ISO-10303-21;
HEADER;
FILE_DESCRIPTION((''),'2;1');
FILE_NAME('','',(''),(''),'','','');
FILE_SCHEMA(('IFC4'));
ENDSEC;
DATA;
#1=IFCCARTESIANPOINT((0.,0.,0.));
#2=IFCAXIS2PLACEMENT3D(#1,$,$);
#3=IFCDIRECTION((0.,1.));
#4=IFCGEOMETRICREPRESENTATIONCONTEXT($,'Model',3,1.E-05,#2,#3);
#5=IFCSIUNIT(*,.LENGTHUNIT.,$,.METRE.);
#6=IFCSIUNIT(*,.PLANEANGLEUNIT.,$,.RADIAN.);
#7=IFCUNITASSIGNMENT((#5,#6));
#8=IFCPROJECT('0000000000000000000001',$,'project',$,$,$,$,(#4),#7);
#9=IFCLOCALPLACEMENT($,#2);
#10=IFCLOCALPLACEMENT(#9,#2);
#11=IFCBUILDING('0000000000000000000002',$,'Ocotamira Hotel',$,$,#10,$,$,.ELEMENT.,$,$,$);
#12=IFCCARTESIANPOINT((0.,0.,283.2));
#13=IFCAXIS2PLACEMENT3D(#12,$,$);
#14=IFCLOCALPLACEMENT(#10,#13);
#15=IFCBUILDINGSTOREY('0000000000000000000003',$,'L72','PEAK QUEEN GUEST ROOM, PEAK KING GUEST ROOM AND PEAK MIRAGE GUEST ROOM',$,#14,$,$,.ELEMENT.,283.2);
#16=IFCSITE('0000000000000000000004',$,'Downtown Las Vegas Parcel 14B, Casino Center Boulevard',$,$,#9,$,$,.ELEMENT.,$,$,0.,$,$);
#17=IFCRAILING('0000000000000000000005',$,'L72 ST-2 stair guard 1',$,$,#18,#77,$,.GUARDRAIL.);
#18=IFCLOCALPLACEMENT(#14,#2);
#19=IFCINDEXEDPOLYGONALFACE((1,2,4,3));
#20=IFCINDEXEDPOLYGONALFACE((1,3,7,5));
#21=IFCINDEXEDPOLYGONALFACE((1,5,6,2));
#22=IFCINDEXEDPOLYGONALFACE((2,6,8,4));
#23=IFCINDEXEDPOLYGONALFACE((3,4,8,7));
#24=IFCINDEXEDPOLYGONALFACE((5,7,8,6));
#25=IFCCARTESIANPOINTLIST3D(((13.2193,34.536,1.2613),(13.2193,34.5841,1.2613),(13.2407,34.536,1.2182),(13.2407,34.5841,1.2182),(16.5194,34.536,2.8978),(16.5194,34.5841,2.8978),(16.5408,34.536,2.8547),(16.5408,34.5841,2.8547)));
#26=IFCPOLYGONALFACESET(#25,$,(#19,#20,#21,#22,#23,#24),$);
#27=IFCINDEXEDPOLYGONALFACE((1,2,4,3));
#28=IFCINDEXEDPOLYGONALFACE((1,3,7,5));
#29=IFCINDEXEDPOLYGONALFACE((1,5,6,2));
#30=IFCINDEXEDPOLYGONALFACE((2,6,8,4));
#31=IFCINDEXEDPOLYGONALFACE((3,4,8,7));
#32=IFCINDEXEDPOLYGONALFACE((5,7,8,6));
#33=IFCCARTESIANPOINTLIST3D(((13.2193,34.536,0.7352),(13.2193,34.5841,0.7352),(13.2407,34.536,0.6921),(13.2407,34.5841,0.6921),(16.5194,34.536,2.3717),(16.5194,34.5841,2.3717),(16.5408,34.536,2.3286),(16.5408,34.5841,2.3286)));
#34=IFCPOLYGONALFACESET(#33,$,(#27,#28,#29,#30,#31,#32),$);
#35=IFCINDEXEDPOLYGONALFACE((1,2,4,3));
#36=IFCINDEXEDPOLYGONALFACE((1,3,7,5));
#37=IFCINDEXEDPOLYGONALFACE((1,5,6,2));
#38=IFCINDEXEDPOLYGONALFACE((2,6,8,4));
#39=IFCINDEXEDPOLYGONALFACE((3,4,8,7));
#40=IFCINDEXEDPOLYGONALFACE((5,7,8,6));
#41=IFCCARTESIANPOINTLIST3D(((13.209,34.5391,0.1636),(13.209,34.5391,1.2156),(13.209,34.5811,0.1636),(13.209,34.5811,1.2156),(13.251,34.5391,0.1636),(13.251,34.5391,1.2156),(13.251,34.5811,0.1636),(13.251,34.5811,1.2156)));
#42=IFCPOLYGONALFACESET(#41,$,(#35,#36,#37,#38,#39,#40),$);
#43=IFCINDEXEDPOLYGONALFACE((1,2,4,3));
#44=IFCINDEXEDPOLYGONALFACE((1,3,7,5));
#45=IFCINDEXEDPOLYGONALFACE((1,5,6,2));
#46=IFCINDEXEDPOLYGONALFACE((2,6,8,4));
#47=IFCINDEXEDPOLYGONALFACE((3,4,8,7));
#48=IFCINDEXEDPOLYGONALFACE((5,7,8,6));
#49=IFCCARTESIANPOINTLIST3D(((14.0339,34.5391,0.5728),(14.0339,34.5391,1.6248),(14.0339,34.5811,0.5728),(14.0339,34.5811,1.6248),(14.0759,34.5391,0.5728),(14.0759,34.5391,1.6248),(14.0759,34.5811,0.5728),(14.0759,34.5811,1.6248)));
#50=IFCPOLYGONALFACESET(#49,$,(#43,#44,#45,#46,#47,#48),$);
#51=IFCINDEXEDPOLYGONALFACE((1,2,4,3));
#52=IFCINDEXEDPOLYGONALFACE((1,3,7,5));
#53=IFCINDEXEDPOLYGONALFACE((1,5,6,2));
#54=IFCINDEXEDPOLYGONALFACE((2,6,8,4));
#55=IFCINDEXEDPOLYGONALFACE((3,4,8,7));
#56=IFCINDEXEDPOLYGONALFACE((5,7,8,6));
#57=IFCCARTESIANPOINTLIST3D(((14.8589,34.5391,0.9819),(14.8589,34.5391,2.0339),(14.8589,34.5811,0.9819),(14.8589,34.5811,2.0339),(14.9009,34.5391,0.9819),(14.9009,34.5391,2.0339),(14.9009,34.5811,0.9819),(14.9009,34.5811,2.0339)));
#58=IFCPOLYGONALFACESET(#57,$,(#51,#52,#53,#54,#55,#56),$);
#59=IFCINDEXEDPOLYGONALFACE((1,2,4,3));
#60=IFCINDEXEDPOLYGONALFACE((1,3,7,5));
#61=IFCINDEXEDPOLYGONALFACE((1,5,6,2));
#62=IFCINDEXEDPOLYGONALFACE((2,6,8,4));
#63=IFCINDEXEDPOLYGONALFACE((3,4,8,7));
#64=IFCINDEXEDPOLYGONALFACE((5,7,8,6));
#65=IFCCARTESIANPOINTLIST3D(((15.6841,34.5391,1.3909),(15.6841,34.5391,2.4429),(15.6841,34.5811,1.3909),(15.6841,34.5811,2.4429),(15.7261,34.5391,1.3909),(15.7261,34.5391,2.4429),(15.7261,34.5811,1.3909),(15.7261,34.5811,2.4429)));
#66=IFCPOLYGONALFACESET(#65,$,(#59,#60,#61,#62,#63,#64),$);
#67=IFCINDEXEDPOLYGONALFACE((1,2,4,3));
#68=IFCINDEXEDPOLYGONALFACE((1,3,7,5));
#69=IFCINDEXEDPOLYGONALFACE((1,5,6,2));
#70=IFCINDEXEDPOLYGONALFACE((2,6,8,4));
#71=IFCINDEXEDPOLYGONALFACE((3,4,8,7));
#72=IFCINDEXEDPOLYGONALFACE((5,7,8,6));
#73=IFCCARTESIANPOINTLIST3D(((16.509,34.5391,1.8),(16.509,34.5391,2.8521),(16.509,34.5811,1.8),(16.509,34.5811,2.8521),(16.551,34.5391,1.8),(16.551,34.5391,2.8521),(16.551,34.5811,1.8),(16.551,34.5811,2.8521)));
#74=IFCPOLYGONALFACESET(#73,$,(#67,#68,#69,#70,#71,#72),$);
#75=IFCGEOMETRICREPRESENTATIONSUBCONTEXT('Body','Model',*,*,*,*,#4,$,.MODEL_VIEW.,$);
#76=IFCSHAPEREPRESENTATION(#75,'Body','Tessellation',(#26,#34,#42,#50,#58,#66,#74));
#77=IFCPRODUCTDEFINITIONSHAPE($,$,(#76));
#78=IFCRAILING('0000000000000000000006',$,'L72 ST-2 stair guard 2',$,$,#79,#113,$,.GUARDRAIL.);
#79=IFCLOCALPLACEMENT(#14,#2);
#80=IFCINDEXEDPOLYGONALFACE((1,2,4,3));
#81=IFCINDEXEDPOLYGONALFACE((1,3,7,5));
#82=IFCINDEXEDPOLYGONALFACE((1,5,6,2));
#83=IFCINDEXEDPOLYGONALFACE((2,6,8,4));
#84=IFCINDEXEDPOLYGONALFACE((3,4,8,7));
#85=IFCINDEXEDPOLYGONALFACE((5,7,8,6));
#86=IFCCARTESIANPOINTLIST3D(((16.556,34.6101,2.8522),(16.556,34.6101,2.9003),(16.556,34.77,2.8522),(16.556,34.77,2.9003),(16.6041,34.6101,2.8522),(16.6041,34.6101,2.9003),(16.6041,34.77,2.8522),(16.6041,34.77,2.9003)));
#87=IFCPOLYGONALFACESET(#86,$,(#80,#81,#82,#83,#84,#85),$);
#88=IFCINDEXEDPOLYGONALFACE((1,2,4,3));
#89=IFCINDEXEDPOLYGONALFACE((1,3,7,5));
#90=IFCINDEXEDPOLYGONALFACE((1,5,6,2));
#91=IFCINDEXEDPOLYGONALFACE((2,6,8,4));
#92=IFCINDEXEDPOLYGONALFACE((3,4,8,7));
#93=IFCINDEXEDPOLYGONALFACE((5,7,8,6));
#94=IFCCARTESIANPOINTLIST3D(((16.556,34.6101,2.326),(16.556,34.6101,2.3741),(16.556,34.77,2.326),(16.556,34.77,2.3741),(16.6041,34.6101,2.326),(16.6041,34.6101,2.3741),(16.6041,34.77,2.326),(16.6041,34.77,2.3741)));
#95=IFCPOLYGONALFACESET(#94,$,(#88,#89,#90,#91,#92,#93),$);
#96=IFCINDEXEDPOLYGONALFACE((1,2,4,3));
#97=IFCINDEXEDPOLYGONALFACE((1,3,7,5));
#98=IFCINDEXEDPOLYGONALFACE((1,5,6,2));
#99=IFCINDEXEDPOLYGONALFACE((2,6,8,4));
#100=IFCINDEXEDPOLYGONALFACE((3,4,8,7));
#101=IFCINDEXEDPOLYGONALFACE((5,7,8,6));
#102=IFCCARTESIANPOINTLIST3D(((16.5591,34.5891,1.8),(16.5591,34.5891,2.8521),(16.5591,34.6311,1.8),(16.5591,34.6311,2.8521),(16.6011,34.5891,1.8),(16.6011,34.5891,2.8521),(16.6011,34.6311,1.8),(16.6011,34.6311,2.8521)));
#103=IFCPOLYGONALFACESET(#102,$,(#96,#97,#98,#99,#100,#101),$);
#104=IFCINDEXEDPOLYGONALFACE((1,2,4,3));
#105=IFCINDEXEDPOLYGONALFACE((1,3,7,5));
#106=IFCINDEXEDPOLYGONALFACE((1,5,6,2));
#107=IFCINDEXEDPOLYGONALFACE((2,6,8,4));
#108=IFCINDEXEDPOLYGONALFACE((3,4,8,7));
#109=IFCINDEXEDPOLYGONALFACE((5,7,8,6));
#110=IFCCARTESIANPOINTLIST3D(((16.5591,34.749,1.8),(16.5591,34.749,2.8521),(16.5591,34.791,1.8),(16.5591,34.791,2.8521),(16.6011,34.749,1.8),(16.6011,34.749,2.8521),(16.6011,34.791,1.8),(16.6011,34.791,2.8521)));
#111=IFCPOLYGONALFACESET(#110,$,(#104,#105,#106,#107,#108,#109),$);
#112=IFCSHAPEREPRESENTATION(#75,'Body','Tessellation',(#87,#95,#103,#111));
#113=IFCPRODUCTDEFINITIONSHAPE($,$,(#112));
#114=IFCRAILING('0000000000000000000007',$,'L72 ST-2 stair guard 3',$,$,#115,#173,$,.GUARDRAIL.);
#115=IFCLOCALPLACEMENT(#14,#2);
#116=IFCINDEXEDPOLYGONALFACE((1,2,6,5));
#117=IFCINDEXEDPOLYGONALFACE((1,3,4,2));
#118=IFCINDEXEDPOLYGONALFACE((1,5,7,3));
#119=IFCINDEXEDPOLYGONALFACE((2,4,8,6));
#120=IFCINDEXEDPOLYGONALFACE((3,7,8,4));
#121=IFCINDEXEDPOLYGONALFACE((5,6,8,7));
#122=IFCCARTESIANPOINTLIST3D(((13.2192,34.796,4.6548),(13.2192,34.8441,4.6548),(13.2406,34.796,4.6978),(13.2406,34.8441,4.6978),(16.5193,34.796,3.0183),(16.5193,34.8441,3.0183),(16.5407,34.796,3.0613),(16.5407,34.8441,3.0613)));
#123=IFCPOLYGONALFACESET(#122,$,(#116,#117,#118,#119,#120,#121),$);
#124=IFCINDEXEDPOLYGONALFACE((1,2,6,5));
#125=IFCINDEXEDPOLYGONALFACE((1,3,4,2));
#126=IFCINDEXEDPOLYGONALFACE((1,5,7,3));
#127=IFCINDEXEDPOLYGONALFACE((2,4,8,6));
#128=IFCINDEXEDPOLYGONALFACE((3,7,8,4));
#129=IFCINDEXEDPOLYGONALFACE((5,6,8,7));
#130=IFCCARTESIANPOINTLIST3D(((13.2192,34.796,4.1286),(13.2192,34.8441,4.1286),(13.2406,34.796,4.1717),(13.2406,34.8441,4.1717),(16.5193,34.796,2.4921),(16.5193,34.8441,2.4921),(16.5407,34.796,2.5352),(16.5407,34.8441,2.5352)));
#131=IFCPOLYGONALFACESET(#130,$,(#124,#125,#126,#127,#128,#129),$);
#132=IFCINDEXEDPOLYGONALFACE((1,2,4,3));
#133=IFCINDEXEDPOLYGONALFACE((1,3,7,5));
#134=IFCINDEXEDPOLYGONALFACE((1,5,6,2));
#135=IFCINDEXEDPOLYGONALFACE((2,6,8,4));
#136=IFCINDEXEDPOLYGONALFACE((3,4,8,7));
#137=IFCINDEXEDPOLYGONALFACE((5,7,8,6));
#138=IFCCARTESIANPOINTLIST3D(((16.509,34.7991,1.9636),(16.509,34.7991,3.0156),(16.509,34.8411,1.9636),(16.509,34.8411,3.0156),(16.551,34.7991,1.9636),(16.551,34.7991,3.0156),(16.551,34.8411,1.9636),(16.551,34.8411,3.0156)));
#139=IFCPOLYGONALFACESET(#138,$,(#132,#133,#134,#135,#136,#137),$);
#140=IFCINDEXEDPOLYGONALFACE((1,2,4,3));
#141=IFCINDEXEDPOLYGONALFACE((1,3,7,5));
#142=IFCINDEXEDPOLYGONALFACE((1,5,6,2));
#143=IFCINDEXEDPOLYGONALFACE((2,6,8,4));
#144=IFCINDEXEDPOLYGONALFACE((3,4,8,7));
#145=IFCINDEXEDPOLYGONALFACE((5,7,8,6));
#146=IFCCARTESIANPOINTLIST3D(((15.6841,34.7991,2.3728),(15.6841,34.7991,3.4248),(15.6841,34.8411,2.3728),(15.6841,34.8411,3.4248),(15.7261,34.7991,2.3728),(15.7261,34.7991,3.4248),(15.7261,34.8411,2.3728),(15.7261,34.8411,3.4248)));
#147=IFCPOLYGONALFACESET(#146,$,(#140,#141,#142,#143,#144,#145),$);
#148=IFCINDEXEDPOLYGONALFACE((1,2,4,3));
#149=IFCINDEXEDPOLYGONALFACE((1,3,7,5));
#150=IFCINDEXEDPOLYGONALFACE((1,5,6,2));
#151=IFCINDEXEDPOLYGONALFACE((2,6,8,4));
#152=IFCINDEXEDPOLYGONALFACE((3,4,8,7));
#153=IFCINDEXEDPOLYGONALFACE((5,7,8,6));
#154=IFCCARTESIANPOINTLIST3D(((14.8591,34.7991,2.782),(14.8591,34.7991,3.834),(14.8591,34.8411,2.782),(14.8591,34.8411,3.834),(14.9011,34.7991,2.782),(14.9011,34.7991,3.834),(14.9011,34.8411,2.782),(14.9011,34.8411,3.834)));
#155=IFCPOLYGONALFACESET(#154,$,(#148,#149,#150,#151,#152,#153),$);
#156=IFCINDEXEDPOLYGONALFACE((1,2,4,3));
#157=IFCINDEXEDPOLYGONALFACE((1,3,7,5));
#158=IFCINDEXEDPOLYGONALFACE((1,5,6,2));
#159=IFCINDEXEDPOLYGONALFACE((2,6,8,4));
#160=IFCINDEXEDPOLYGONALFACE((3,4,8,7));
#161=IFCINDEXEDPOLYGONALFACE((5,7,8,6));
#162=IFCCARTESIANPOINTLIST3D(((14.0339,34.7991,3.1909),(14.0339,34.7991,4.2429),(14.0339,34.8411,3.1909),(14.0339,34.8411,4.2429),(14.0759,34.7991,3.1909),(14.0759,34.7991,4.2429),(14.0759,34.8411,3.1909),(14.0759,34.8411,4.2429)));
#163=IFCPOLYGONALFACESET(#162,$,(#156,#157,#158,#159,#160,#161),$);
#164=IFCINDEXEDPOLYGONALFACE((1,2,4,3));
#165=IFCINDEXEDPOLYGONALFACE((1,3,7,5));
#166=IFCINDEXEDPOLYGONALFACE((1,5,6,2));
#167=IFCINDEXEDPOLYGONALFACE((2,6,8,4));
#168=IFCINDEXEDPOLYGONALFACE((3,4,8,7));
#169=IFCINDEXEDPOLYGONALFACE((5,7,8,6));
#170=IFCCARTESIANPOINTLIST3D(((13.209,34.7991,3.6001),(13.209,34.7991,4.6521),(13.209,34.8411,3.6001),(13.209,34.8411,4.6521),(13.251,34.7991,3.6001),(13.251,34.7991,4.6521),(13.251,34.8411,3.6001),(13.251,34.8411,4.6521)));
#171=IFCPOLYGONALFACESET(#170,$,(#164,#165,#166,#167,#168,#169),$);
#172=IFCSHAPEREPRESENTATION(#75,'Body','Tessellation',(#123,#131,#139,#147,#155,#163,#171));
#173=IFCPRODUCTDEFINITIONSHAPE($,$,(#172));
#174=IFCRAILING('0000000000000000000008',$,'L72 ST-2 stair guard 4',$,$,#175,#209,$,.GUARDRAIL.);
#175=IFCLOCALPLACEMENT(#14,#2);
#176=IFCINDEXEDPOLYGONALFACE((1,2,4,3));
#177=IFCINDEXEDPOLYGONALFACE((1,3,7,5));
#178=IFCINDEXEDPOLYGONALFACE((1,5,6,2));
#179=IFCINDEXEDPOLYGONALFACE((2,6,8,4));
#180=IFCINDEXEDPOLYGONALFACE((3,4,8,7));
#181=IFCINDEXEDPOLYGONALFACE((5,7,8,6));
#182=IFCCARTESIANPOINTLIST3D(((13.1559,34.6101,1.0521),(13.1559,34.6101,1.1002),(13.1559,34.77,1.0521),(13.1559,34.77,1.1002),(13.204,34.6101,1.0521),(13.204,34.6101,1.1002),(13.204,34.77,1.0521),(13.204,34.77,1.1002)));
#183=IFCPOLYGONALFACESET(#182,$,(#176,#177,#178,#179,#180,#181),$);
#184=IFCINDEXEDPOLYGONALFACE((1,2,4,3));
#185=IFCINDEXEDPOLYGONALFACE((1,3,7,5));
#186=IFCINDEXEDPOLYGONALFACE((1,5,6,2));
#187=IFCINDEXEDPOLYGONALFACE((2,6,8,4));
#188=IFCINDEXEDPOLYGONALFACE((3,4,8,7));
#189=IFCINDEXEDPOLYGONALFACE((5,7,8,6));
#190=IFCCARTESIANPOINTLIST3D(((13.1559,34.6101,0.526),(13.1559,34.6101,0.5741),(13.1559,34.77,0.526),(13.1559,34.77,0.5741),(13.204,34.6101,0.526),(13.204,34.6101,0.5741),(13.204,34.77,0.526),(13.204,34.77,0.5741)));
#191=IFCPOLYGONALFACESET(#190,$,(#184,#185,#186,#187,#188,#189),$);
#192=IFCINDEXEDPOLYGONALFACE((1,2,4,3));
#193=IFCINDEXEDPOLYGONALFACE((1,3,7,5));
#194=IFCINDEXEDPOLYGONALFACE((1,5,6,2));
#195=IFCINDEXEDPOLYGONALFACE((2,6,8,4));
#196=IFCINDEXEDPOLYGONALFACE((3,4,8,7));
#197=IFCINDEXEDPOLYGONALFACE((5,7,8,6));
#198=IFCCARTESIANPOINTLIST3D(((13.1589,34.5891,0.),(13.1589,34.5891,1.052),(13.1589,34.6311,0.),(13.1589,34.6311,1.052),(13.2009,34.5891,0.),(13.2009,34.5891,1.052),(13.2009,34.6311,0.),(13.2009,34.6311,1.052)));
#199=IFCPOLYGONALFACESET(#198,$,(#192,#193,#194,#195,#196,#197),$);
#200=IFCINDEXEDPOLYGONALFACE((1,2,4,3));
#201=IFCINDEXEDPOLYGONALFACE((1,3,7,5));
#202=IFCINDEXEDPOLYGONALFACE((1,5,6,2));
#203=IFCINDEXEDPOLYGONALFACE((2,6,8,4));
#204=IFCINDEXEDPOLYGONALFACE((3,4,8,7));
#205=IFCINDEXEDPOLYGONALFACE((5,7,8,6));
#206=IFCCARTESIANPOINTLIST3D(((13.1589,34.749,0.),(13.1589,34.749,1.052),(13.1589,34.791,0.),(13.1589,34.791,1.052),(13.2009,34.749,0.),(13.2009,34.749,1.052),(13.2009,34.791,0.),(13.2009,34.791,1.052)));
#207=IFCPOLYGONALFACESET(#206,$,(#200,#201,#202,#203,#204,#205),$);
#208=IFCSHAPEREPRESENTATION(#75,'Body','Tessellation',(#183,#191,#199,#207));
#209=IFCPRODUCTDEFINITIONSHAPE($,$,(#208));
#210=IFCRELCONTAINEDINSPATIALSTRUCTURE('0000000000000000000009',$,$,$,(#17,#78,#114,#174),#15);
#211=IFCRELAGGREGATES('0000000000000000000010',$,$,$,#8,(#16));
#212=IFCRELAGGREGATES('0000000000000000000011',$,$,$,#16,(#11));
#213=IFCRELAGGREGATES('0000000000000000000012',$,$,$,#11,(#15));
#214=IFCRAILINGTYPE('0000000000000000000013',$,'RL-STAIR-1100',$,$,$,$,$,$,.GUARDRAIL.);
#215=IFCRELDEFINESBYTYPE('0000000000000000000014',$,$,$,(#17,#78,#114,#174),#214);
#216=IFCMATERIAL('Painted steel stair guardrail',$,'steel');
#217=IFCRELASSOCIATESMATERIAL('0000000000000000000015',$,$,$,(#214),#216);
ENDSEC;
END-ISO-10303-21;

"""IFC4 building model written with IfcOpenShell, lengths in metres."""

from ifc_helpers import new_model, si_unit, direction, frame, origin, origin_2d, place, context, subcontext, project, spatial, rectangle, extrude, material, type_object, element, save


model = new_model("IFC4")

# Units and contexts
model_context = context("Model", 3, precision=1e-05, world=origin(), true_north=direction((0.0, 1.0)))
body_context = subcontext(model_context, "Body", "Model", "MODEL_VIEW")
ifc_project = project(units=[si_unit("LENGTHUNIT", "METRE"), si_unit("PLANEANGLEUNIT", "RADIAN")], contexts=[model_context])

# Site, building, storey
site_placement = place(None, origin())
site = spatial("IfcSite", under=ifc_project, at=site_placement, Name="Downtown Las Vegas Parcel 14B, Casino Center Boulevard", CompositionType="ELEMENT", RefElevation=0.0)
building_placement = place(site_placement, origin())
building = spatial("IfcBuilding", under=site, at=building_placement, Name="Ocotamira Hotel", CompositionType="ELEMENT")
storey_placement = place(building_placement, frame((0.0, 0.0, 283.2)))
storey = spatial("IfcBuildingStorey", under=building, at=storey_placement, Name="L72", Description="PEAK QUEEN GUEST ROOM, PEAK KING GUEST ROOM AND PEAK MIRAGE GUEST ROOM", CompositionType="ELEMENT", Elevation=283.2)

# Railings
ifc_material_1 = material(Name="Painted steel stair guardrail", Category="steel")
railing_type_1 = type_object("IfcRailingType", Name="RL-STAIR-1100", PredefinedType="GUARDRAIL", material=ifc_material_1)
railing_1_placement = place(storey_placement, frame((13.23, 34.5601, 0.1636)))
element("IfcRailing", 1, at=railing_1_placement, inside=storey, type_object=railing_type_1, Name="L72 ST-2 stair guard 1", PredefinedType="GUARDRAIL", context=body_context, shape_type="SweptSolid", body=[
    extrude(rectangle(XDim=0.0481, YDim=0.0481, at=origin_2d()), frame((0.0, 0.0, 1.0762), z_axis=(0.895894, 0.0, 0.444268), x_axis=(0.0, 1.0, 0.0)), (0.0, 0.0, 1.0), 3.6836),
    extrude(rectangle(XDim=0.0481, YDim=0.0481, at=origin_2d()), frame((0.0, 0.0, 0.55), z_axis=(0.895894, 0.0, 0.444268), x_axis=(0.0, 1.0, 0.0)), (0.0, 0.0, 1.0), 3.6836),
    extrude(rectangle(XDim=0.042, YDim=0.042, at=origin_2d()), origin(), (0.0, 0.0, 1.0), 1.052),
    extrude(rectangle(XDim=0.042, YDim=0.042, at=origin_2d()), frame((0.825, 0.0, 0.4092)), (0.0, 0.0, 1.0), 1.052),
    extrude(rectangle(XDim=0.042, YDim=0.042, at=origin_2d()), frame((1.6499, 0.0, 0.8184)), (0.0, 0.0, 1.0), 1.052),
    extrude(rectangle(XDim=0.042, YDim=0.042, at=origin_2d()), frame((2.4751, 0.0, 1.2273)), (0.0, 0.0, 1.0), 1.052),
    extrude(rectangle(XDim=0.042, YDim=0.042, at=origin_2d()), frame((3.3, 0.0, 1.6365)), (0.0, 0.0, 1.0), 1.052),
])
railing_2_placement = place(storey_placement, frame((16.5801, 34.6101, 1.8)))
element("IfcRailing", 2, at=railing_2_placement, inside=storey, type_object=railing_type_1, Name="L72 ST-2 stair guard 2", PredefinedType="GUARDRAIL", context=body_context, shape_type="SweptSolid", body=[
    extrude(rectangle(XDim=0.0481, YDim=0.0481, at=origin_2d()), frame((0.0, 0.0, 1.0762), z_axis=(0.0, 1.0, 0.0), x_axis=(-1.0, 0.0, 0.0)), (0.0, 0.0, 1.0), 0.1599),
    extrude(rectangle(XDim=0.0481, YDim=0.0481, at=origin_2d()), frame((0.0, 0.0, 0.55), z_axis=(0.0, 1.0, 0.0), x_axis=(-1.0, 0.0, 0.0)), (0.0, 0.0, 1.0), 0.1599),
    extrude(rectangle(XDim=0.042, YDim=0.042, at=origin_2d()), origin(), (0.0, 0.0, 1.0), 1.052),
    extrude(rectangle(XDim=0.042, YDim=0.042, at=origin_2d()), frame((0.0, 0.1599, 0.0)), (0.0, 0.0, 1.0), 1.052),
])
railing_3_placement = place(storey_placement, frame((16.53, 34.8201, 1.9636)))
element("IfcRailing", 3, at=railing_3_placement, inside=storey, type_object=railing_type_1, Name="L72 ST-2 stair guard 3", PredefinedType="GUARDRAIL", context=body_context, shape_type="SweptSolid", body=[
    extrude(rectangle(XDim=0.0481, YDim=0.0481, at=origin_2d()), frame((0.0, 0.0, 1.0762), z_axis=(-0.895894, 0.0, 0.444268), x_axis=(0.0, -1.0, 0.0)), (0.0, 0.0, 1.0), 3.6836),
    extrude(rectangle(XDim=0.0481, YDim=0.0481, at=origin_2d()), frame((0.0, 0.0, 0.55), z_axis=(-0.895894, 0.0, 0.444268), x_axis=(0.0, -1.0, 0.0)), (0.0, 0.0, 1.0), 3.6836),
    extrude(rectangle(XDim=0.042, YDim=0.042, at=origin_2d()), origin(), (0.0, 0.0, 1.0), 1.052),
    extrude(rectangle(XDim=0.042, YDim=0.042, at=origin_2d()), frame((-0.825, 0.0, 0.4092)), (0.0, 0.0, 1.0), 1.052),
    extrude(rectangle(XDim=0.042, YDim=0.042, at=origin_2d()), frame((-1.6499, 0.0, 0.8184)), (0.0, 0.0, 1.0), 1.052),
    extrude(rectangle(XDim=0.042, YDim=0.042, at=origin_2d()), frame((-2.4751, 0.0, 1.2273)), (0.0, 0.0, 1.0), 1.052),
    extrude(rectangle(XDim=0.042, YDim=0.042, at=origin_2d()), frame((-3.3, 0.0, 1.6365)), (0.0, 0.0, 1.0), 1.052),
])
railing_4_placement = place(storey_placement, frame((13.1799, 34.6101, 0.0)))
element("IfcRailing", 4, at=railing_4_placement, inside=storey, type_object=railing_type_1, Name="L72 ST-2 stair guard 4", PredefinedType="GUARDRAIL", context=body_context, shape_type="SweptSolid", body=[
    extrude(rectangle(XDim=0.0481, YDim=0.0481, at=origin_2d()), frame((0.0, 0.0, 1.0762), z_axis=(0.0, 1.0, 0.0), x_axis=(-1.0, 0.0, 0.0)), (0.0, 0.0, 1.0), 0.1599),
    extrude(rectangle(XDim=0.0481, YDim=0.0481, at=origin_2d()), frame((0.0, 0.0, 0.55), z_axis=(0.0, 1.0, 0.0), x_axis=(-1.0, 0.0, 0.0)), (0.0, 0.0, 1.0), 0.1599),
    extrude(rectangle(XDim=0.042, YDim=0.042, at=origin_2d()), origin(), (0.0, 0.0, 1.0), 1.052),
    extrude(rectangle(XDim=0.042, YDim=0.042, at=origin_2d()), frame((0.0, 0.1599, 0.0)), (0.0, 0.0, 1.0), 1.052),
])

save(model, "model.ifc")
